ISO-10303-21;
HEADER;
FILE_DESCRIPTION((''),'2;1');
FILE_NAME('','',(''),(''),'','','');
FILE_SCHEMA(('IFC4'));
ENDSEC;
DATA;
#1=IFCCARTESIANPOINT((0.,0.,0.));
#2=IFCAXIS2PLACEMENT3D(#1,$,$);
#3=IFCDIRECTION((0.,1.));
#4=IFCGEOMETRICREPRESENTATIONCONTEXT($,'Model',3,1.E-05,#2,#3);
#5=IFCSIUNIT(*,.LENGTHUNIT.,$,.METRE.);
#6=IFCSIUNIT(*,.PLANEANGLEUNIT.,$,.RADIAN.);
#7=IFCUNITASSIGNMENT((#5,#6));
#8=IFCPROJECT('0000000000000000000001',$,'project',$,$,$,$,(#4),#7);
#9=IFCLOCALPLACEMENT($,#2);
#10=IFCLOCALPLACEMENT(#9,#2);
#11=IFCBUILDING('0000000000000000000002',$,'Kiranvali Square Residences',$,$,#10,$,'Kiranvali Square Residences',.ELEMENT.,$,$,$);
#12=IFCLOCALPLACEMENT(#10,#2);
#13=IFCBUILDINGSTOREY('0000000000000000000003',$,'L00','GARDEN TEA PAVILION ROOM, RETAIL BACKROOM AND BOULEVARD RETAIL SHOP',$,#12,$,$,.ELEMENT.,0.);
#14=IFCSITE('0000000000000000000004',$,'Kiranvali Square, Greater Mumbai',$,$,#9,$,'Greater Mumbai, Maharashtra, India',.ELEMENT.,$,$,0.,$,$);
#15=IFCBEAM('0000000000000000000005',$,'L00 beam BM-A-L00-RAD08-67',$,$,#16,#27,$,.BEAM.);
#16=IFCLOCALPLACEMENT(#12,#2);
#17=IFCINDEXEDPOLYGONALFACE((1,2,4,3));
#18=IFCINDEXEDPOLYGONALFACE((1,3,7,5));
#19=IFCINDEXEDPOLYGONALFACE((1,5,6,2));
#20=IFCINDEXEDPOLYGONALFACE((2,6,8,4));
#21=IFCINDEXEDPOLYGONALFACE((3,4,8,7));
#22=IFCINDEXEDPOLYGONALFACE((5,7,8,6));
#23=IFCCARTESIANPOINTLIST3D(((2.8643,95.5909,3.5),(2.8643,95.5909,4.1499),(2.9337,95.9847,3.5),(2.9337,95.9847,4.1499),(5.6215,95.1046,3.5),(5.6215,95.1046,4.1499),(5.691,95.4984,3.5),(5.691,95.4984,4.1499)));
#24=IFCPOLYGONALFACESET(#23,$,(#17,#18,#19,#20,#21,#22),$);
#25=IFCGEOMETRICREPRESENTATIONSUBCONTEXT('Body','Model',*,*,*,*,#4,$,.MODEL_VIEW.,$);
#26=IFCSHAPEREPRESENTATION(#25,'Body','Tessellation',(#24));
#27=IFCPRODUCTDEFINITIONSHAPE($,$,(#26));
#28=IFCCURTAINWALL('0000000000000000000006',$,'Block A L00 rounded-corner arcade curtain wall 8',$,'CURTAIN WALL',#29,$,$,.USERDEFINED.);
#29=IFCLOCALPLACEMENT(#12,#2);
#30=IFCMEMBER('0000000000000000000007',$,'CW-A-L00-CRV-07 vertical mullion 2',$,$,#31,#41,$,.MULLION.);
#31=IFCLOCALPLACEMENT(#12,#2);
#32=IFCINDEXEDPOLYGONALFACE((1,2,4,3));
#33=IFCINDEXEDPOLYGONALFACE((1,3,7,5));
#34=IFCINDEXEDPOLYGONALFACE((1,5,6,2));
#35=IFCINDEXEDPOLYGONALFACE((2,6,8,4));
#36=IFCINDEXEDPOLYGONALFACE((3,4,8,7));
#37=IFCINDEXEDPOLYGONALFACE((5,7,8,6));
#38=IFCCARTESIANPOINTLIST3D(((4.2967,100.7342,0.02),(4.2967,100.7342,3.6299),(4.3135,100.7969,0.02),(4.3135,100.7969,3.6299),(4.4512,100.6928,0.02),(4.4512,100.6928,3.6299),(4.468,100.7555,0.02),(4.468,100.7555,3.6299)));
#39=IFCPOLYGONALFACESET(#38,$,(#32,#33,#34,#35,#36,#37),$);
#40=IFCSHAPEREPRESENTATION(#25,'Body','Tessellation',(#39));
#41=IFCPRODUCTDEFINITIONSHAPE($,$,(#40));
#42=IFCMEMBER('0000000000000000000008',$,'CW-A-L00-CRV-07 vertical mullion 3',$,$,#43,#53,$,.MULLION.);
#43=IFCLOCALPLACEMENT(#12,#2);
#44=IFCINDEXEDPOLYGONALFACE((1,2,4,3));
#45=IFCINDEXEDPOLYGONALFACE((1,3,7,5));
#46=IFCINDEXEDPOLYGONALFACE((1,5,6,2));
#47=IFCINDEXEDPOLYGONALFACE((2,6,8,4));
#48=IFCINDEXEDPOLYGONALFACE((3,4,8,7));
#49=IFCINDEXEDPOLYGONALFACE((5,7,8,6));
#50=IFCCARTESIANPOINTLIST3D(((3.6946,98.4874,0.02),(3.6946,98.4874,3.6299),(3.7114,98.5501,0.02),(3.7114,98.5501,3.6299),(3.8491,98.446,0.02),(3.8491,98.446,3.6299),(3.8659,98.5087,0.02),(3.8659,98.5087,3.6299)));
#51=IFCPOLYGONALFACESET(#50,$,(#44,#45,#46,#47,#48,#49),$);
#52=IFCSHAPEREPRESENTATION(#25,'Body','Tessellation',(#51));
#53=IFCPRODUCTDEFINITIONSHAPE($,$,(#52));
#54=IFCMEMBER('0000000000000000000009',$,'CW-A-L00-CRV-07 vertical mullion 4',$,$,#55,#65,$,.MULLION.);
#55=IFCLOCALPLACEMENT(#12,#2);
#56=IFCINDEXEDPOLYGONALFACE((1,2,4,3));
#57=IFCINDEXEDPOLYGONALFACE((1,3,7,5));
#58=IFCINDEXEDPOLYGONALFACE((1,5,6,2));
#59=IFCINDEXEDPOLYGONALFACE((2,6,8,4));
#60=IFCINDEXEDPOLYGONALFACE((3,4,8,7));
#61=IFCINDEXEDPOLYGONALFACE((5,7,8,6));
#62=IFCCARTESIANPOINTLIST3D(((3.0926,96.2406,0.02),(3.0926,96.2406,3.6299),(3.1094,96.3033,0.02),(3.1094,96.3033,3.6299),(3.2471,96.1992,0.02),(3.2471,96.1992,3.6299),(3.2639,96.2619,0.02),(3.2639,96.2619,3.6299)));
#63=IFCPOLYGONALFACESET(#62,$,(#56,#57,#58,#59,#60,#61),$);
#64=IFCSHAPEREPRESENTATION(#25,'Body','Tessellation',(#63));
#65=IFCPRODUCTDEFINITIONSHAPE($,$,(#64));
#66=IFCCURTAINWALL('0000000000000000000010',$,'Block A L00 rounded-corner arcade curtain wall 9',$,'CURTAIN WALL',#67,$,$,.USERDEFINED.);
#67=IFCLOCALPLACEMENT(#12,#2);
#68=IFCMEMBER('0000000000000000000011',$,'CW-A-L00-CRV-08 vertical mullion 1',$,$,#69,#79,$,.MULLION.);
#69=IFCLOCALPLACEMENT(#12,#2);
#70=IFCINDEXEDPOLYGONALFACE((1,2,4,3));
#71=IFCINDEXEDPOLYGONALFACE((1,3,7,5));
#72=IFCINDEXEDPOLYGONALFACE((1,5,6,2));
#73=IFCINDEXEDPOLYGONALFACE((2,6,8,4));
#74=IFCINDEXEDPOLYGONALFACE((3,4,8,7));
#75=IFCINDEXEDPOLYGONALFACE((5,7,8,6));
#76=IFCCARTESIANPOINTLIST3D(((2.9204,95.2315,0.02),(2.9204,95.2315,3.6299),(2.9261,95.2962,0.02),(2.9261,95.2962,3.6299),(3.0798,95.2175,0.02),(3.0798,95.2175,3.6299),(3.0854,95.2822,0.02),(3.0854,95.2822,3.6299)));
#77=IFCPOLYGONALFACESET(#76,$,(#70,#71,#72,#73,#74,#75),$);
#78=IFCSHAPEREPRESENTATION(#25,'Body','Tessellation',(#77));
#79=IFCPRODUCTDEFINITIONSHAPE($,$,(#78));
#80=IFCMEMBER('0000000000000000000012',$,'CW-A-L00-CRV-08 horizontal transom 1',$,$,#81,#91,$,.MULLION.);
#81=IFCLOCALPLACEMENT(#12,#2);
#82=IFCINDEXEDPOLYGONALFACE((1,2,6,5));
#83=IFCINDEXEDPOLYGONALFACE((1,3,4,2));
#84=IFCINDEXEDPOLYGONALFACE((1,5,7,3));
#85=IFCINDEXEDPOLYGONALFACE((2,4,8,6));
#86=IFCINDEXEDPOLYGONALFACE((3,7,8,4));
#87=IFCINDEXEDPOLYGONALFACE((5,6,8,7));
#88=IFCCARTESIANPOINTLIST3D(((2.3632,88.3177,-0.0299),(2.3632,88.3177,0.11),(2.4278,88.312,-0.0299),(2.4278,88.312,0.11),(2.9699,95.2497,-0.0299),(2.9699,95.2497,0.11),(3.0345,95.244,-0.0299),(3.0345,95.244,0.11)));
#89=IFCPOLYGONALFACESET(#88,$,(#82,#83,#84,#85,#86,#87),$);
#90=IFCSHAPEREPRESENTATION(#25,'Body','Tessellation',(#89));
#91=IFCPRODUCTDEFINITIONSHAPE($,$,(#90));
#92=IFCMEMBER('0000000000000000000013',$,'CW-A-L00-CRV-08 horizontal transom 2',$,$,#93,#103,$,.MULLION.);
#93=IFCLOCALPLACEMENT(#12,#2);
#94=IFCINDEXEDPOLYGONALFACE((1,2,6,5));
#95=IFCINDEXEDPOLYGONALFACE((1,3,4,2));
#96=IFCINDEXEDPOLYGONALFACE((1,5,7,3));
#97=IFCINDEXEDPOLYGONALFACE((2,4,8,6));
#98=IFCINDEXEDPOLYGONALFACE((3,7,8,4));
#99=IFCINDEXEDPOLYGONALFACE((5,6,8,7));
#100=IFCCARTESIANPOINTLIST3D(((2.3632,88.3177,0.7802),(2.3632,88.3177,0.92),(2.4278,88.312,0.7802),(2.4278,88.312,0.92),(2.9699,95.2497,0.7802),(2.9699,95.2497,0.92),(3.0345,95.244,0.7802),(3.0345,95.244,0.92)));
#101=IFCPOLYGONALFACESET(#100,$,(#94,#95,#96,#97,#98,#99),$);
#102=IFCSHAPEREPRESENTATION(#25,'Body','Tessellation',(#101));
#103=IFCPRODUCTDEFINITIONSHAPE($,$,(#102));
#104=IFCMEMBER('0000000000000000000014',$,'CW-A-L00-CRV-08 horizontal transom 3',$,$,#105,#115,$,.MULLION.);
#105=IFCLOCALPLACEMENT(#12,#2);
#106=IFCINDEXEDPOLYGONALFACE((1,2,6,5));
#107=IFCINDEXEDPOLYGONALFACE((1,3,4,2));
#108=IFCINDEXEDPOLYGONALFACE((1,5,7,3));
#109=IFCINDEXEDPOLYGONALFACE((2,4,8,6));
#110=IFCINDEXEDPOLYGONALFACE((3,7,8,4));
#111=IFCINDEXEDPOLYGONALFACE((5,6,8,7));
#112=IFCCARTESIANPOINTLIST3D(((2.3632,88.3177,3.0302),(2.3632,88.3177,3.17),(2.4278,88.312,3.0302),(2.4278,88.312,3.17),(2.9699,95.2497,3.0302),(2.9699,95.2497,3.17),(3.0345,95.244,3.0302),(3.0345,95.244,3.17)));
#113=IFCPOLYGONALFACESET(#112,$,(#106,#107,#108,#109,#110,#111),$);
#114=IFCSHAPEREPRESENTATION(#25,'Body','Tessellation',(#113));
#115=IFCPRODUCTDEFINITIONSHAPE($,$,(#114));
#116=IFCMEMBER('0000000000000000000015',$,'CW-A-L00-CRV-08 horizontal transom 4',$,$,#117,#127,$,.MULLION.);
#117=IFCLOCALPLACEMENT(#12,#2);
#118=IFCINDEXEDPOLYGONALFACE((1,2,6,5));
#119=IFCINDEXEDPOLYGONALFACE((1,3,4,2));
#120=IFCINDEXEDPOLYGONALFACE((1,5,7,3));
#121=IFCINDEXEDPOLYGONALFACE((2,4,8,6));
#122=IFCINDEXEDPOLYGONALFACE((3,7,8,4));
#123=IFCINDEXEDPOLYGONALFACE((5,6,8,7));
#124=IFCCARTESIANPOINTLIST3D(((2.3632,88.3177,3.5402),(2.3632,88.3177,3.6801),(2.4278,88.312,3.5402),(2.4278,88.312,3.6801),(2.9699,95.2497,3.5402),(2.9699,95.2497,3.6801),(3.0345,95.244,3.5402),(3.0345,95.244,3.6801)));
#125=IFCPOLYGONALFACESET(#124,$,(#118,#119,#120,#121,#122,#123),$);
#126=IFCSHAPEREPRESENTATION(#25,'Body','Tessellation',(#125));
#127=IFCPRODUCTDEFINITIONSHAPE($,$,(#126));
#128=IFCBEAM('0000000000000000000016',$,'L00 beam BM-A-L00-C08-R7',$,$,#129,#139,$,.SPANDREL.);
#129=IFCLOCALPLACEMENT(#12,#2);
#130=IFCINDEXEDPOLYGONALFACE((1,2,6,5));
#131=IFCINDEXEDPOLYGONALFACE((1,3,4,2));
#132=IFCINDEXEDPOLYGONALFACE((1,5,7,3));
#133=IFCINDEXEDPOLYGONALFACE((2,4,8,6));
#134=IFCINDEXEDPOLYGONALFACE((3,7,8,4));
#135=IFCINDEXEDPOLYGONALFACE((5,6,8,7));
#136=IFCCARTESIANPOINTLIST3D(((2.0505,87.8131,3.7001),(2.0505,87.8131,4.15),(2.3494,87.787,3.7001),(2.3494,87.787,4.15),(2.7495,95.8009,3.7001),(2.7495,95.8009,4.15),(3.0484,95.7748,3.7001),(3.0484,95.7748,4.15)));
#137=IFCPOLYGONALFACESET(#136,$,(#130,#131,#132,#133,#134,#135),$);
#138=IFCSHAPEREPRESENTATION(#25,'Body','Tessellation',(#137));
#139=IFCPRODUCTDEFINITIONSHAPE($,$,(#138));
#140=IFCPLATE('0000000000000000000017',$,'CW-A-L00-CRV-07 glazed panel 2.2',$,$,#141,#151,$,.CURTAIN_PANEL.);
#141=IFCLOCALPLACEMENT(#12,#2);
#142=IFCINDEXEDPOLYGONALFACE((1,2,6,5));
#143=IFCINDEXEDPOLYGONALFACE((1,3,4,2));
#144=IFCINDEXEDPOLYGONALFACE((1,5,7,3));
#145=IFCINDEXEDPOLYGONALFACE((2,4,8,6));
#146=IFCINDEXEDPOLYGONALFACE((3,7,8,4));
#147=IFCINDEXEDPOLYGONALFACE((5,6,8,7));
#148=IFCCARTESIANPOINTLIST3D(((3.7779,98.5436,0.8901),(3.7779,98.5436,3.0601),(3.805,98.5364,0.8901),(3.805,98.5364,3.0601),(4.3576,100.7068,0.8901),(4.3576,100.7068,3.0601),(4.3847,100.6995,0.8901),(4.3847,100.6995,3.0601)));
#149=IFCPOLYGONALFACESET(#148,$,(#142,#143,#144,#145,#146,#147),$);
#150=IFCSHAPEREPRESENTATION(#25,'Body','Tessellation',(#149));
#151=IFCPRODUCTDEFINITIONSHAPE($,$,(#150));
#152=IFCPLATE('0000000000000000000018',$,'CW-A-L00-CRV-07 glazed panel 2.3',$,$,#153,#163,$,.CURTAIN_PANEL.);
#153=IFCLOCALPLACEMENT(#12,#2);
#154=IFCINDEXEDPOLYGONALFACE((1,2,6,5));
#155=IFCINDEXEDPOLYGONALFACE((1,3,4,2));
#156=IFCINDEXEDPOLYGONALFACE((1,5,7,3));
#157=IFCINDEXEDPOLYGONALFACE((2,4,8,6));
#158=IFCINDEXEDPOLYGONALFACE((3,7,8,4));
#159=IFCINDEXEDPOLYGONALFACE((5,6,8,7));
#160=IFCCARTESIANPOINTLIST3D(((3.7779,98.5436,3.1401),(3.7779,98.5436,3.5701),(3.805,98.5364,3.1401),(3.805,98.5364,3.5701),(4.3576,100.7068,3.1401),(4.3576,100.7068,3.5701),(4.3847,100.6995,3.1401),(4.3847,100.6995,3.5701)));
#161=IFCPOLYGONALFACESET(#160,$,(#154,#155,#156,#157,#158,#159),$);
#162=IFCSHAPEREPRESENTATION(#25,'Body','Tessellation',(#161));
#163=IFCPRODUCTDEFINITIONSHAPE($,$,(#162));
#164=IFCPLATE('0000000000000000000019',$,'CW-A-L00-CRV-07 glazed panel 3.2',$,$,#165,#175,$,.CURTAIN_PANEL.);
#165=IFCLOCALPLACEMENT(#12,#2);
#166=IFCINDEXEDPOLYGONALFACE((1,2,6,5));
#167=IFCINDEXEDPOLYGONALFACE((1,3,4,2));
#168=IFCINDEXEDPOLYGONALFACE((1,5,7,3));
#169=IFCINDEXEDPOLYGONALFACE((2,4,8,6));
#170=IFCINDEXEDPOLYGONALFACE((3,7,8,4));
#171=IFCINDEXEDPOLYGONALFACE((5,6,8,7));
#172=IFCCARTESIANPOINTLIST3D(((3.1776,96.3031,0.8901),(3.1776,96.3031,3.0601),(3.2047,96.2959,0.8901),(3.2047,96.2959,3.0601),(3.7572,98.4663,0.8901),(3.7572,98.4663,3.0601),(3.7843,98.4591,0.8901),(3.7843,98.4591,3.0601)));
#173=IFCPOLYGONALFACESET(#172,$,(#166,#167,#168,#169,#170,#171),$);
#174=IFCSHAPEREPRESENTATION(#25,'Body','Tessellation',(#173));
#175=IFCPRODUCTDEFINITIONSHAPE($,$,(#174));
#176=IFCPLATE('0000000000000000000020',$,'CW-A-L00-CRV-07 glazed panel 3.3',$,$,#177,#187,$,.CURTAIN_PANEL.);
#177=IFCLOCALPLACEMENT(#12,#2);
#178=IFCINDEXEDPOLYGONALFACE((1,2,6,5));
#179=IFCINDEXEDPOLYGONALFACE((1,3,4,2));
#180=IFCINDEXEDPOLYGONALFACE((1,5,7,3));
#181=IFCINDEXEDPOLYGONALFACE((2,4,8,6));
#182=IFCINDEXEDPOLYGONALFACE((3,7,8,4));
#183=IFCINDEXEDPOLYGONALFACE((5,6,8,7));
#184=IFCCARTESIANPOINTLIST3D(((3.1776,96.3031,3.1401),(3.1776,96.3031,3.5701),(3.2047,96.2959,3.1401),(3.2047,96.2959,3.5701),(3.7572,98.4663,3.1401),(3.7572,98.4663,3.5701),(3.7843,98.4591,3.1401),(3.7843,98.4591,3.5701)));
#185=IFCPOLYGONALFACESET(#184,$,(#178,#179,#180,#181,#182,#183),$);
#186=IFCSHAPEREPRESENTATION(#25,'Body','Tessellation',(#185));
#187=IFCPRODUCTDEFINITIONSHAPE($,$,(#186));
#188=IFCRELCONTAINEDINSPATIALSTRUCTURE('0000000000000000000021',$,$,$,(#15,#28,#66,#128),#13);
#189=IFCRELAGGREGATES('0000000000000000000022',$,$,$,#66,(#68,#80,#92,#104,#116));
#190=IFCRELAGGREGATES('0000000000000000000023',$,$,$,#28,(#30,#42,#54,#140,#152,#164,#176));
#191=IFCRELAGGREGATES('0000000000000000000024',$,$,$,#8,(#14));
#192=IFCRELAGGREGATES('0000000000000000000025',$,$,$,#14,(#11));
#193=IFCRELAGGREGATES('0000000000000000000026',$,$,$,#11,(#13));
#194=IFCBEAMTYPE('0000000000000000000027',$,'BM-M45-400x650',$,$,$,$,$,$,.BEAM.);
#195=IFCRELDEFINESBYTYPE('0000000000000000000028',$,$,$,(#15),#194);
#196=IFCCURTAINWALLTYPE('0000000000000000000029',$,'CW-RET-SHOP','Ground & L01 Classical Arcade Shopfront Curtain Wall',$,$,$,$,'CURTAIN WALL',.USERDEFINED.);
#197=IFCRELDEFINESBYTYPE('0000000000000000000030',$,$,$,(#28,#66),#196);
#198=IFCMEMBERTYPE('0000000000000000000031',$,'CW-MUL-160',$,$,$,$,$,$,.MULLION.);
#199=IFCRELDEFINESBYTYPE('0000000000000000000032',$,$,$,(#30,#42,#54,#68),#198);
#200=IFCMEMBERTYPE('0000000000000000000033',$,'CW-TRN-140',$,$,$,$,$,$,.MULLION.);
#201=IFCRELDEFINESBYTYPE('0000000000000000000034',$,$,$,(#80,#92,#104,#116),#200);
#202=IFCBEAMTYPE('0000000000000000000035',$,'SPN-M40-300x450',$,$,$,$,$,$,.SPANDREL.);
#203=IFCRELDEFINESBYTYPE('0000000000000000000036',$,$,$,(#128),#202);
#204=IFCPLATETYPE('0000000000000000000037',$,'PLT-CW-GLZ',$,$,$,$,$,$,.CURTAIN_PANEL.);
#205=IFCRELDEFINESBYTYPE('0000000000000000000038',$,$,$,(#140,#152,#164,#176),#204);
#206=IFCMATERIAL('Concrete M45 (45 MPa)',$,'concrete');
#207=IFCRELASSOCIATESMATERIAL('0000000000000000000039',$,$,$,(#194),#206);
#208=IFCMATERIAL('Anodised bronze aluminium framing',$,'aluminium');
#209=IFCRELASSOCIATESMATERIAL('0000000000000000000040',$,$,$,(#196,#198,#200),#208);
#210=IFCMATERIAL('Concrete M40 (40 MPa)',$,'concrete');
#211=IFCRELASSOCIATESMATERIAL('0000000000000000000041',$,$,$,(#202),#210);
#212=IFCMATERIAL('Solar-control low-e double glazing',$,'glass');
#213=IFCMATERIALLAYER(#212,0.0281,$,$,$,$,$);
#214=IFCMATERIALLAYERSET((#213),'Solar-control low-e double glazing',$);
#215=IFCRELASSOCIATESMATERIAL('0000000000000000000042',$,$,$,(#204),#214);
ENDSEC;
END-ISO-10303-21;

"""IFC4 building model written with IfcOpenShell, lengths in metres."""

from ifc_helpers import new_model, si_unit, direction, frame, origin, origin_2d, place, context, subcontext, project, spatial, rectangle, extrude, material, layer, layer_set, material_profile, profile_set, type_object, element, aggregate, save


model = new_model("IFC4")

# Units and contexts
model_context = context("Model", 3, precision=1e-05, world=origin(), true_north=direction((0.0, 1.0)))
body_context = subcontext(model_context, "Body", "Model", "MODEL_VIEW")
ifc_project = project(units=[si_unit("LENGTHUNIT", "METRE"), si_unit("PLANEANGLEUNIT", "RADIAN")], contexts=[model_context])

# Site, building, storey
site_placement = place(None, origin())
site = spatial("IfcSite", under=ifc_project, at=site_placement, Name="Kiranvali Square, Greater Mumbai", LongName="Greater Mumbai, Maharashtra, India", CompositionType="ELEMENT", RefElevation=0.0)
building_placement = place(site_placement, origin())
building = spatial("IfcBuilding", under=site, at=building_placement, Name="Kiranvali Square Residences", LongName="Kiranvali Square Residences", CompositionType="ELEMENT")
storey_placement = place(building_placement, origin())
storey = spatial("IfcBuildingStorey", under=building, at=storey_placement, Name="L00", Description="GARDEN TEA PAVILION ROOM, RETAIL BACKROOM AND BOULEVARD RETAIL SHOP", CompositionType="ELEMENT", Elevation=0.0)

# Beam
ifc_material_1 = material(Name="Concrete M45 (45 MPa)", Category="concrete")
ifc_material_profile_1 = material_profile(ifc_material_1, rectangle(XDim=0.3999, YDim=0.6499, at=origin_2d()), Name="RC 400x650")
ifc_profile_set_1 = profile_set([ifc_material_profile_1], Name="Concrete M45 (45 MPa)")
beam_type_1 = type_object("IfcBeamType", Name="BM-M45-400x650", PredefinedType="BEAM", material=ifc_profile_set_1)
beam_1_placement = place(storey_placement, frame((5.6562, 95.3015, 3.825), z_axis=(-0.984799, 0.173696, 0.0), x_axis=(-0.173696, -0.984799, 0.0)))
element("IfcBeam", 1, at=beam_1_placement, inside=storey, type_object=beam_type_1, Name="L00 beam BM-A-L00-RAD08-67", PredefinedType="BEAM", context=body_context, shape_type="SweptSolid", body=[
    extrude(rectangle(XDim=0.3999, YDim=0.6499, at=origin_2d()), origin(), (0.0, 0.0, 1.0), 2.7998),
])

# Curtain walls, members
ifc_material_2 = material(Name="Anodised bronze aluminium framing", Category="aluminium")
curtain_wall_type = type_object("IfcCurtainWallType", Name="CW-RET-SHOP", Description="Ground & L01 Classical Arcade Shopfront Curtain Wall", ElementType="CURTAIN WALL", PredefinedType="USERDEFINED", material=ifc_material_2)
curtain_wall_1_placement = place(storey_placement, origin())
curtain_wall_1 = element("IfcCurtainWall", 2, at=curtain_wall_1_placement, inside=storey, type_object=curtain_wall_type, Name="Block A L00 rounded-corner arcade curtain wall 8", ObjectType="CURTAIN WALL", PredefinedType="USERDEFINED")
ifc_material_profile_2 = material_profile(ifc_material_2, rectangle(XDim=0.0649, YDim=0.1599, at=origin_2d()), Name="ALU 65x160")
ifc_profile_set_2 = profile_set([ifc_material_profile_2], Name="Anodised bronze aluminium framing")
member_type_1 = type_object("IfcMemberType", Name="CW-MUL-160", PredefinedType="MULLION", material=ifc_profile_set_2)
member_1_placement = place(storey_placement, frame((4.3823, 100.7449, 0.02), z_axis=(0.0, 0.0, 1.0), x_axis=(-0.258819, -0.965926, 0.0)))
member_1 = element("IfcMember", 3, at=member_1_placement, type_object=member_type_1, Name="CW-A-L00-CRV-07 vertical mullion 2", PredefinedType="MULLION", context=body_context, shape_type="SweptSolid", body=[
    extrude(rectangle(XDim=0.0649, YDim=0.1599, at=origin_2d()), origin(), (0.0, 0.0, 1.0), 3.6099),
])
member_2_placement = place(storey_placement, frame((3.7803, 98.498, 0.02), z_axis=(0.0, 0.0, 1.0), x_axis=(-0.258819, -0.965926, 0.0)))
member_2 = element("IfcMember", 4, at=member_2_placement, type_object=member_type_1, Name="CW-A-L00-CRV-07 vertical mullion 3", PredefinedType="MULLION", context=body_context, shape_type="SweptSolid", body=[
    extrude(rectangle(XDim=0.0649, YDim=0.1599, at=origin_2d()), origin(), (0.0, 0.0, 1.0), 3.6099),
])
member_3_placement = place(storey_placement, frame((3.1782, 96.2512, 0.02), z_axis=(0.0, 0.0, 1.0), x_axis=(-0.258819, -0.965926, 0.0)))
member_3 = element("IfcMember", 5, at=member_3_placement, type_object=member_type_1, Name="CW-A-L00-CRV-07 vertical mullion 4", PredefinedType="MULLION", context=body_context, shape_type="SweptSolid", body=[
    extrude(rectangle(XDim=0.0649, YDim=0.1599, at=origin_2d()), origin(), (0.0, 0.0, 1.0), 3.6099),
])
curtain_wall_2_placement = place(storey_placement, origin())
curtain_wall_2 = element("IfcCurtainWall", 6, at=curtain_wall_2_placement, inside=storey, type_object=curtain_wall_type, Name="Block A L00 rounded-corner arcade curtain wall 9", ObjectType="CURTAIN WALL", PredefinedType="USERDEFINED")
member_4_placement = place(storey_placement, frame((3.0029, 95.2568, 0.02), z_axis=(0.0, 0.0, 1.0), x_axis=(-0.087156, -0.996195, 0.0)))
member_4 = element("IfcMember", 7, at=member_4_placement, type_object=member_type_1, Name="CW-A-L00-CRV-08 vertical mullion 1", PredefinedType="MULLION", context=body_context, shape_type="SweptSolid", body=[
    extrude(rectangle(XDim=0.0649, YDim=0.1599, at=origin_2d()), origin(), (0.0, 0.0, 1.0), 3.6099),
])
ifc_material_profile_3 = material_profile(ifc_material_2, rectangle(XDim=0.0649, YDim=0.1399, at=origin_2d()), Name="ALU 65x140")
ifc_profile_set_3 = profile_set([ifc_material_profile_3], Name="Anodised bronze aluminium framing")
member_type_2 = type_object("IfcMemberType", Name="CW-TRN-140", PredefinedType="MULLION", material=ifc_profile_set_3)
member_5_placement = place(storey_placement, frame((3.0022, 95.2468, 0.04), z_axis=(-0.087188, -0.996192, 0.0), x_axis=(0.996192, -0.087188, 0.0)))
member_5 = element("IfcMember", 8, at=member_5_placement, type_object=member_type_2, Name="CW-A-L00-CRV-08 horizontal transom 1", PredefinedType="MULLION", context=body_context, shape_type="SweptSolid", body=[
    extrude(rectangle(XDim=0.0649, YDim=0.1399, at=origin_2d()), origin(), (0.0, 0.0, 1.0), 6.9585),
])
member_6_placement = place(storey_placement, frame((3.0022, 95.2468, 0.8501), z_axis=(-0.087188, -0.996192, 0.0), x_axis=(0.996192, -0.087188, 0.0)))
member_6 = element("IfcMember", 9, at=member_6_placement, type_object=member_type_2, Name="CW-A-L00-CRV-08 horizontal transom 2", PredefinedType="MULLION", context=body_context, shape_type="SweptSolid", body=[
    extrude(rectangle(XDim=0.0649, YDim=0.1399, at=origin_2d()), origin(), (0.0, 0.0, 1.0), 6.9585),
])
member_7_placement = place(storey_placement, frame((3.0022, 95.2468, 3.1001), z_axis=(-0.087188, -0.996192, 0.0), x_axis=(0.996192, -0.087188, 0.0)))
member_7 = element("IfcMember", 10, at=member_7_placement, type_object=member_type_2, Name="CW-A-L00-CRV-08 horizontal transom 3", PredefinedType="MULLION", context=body_context, shape_type="SweptSolid", body=[
    extrude(rectangle(XDim=0.0649, YDim=0.1399, at=origin_2d()), origin(), (0.0, 0.0, 1.0), 6.9585),
])
member_8_placement = place(storey_placement, frame((3.0022, 95.2468, 3.6101), z_axis=(-0.087188, -0.996192, 0.0), x_axis=(0.996192, -0.087188, 0.0)))
member_8 = element("IfcMember", 11, at=member_8_placement, type_object=member_type_2, Name="CW-A-L00-CRV-08 horizontal transom 4", PredefinedType="MULLION", context=body_context, shape_type="SweptSolid", body=[
    extrude(rectangle(XDim=0.0649, YDim=0.1399, at=origin_2d()), origin(), (0.0, 0.0, 1.0), 6.9585),
])

# Beam
ifc_material_3 = material(Name="Concrete M40 (40 MPa)", Category="concrete")
ifc_material_profile_4 = material_profile(ifc_material_3, rectangle(XDim=0.3, YDim=0.45, at=origin_2d()), Name="RC 300x450")
ifc_profile_set_4 = profile_set([ifc_material_profile_4], Name="Concrete M40 (40 MPa)")
beam_type_2 = type_object("IfcBeamType", Name="SPN-M40-300x450", PredefinedType="SPANDREL", material=ifc_profile_set_4)
beam_2_placement = place(storey_placement, frame((2.8989, 95.7878, 3.925), z_axis=(-0.087172, -0.996193, 0.0), x_axis=(0.996193, -0.087172, 0.0)))
element("IfcBeam", 12, at=beam_2_placement, inside=storey, type_object=beam_type_2, Name="L00 beam BM-A-L00-C08-R7", PredefinedType="SPANDREL", context=body_context, shape_type="SweptSolid", body=[
    extrude(rectangle(XDim=0.3, YDim=0.45, at=origin_2d()), origin(), (0.0, 0.0, 1.0), 8.0183),
])

# Plates
ifc_material_4 = material(Name="Solar-control low-e double glazing", Category="glass")
ifc_layer_1 = layer(ifc_material_4, 0.0281)
ifc_layer_set_1 = layer_set([ifc_layer_1], Name="Solar-control low-e double glazing")
plate_type_1 = type_object("IfcPlateType", Name="PLT-CW-GLZ", PredefinedType="CURTAIN_PANEL", material=ifc_layer_set_1)
plate_1_placement = place(storey_placement, frame((4.0813, 99.6216, 0.8901), z_axis=(0.0, 0.0, 1.0), x_axis=(-0.258819, -0.965926, 0.0)))
plate_1 = element("IfcPlate", 13, at=plate_1_placement, type_object=plate_type_1, Name="CW-A-L00-CRV-07 glazed panel 2.2", PredefinedType="CURTAIN_PANEL", context=body_context, shape_type="SweptSolid", body=[
    extrude(rectangle(XDim=2.2395, YDim=0.0281, at=origin_2d()), origin(), (0.0, 0.0, 1.0), 2.1699),
])
plate_2_placement = place(storey_placement, frame((4.0813, 99.6216, 3.1401), z_axis=(0.0, 0.0, 1.0), x_axis=(-0.258819, -0.965926, 0.0)))
plate_2 = element("IfcPlate", 14, at=plate_2_placement, type_object=plate_type_1, Name="CW-A-L00-CRV-07 glazed panel 2.3", PredefinedType="CURTAIN_PANEL", context=body_context, shape_type="SweptSolid", body=[
    extrude(rectangle(XDim=2.2395, YDim=0.0281, at=origin_2d()), origin(), (0.0, 0.0, 1.0), 0.4299),
])
plate_3_placement = place(storey_placement, frame((3.481, 97.3811, 0.8901), z_axis=(0.0, 0.0, 1.0), x_axis=(-0.258819, -0.965926, 0.0)))
plate_3 = element("IfcPlate", 15, at=plate_3_placement, type_object=plate_type_1, Name="CW-A-L00-CRV-07 glazed panel 3.2", PredefinedType="CURTAIN_PANEL", context=body_context, shape_type="SweptSolid", body=[
    extrude(rectangle(XDim=2.2395, YDim=0.0281, at=origin_2d()), origin(), (0.0, 0.0, 1.0), 2.1699),
])
plate_4_placement = place(storey_placement, frame((3.481, 97.3811, 3.1401), z_axis=(0.0, 0.0, 1.0), x_axis=(-0.258819, -0.965926, 0.0)))
plate_4 = element("IfcPlate", 16, at=plate_4_placement, type_object=plate_type_1, Name="CW-A-L00-CRV-07 glazed panel 3.3", PredefinedType="CURTAIN_PANEL", context=body_context, shape_type="SweptSolid", body=[
    extrude(rectangle(XDim=2.2395, YDim=0.0281, at=origin_2d()), origin(), (0.0, 0.0, 1.0), 0.4299),
])
aggregate(curtain_wall_2, [member_4, member_5, member_6, member_7, member_8])
aggregate(curtain_wall_1, [member_1, member_2, member_3, plate_1, plate_2, plate_3, plate_4])

save(model, "model.ifc")
